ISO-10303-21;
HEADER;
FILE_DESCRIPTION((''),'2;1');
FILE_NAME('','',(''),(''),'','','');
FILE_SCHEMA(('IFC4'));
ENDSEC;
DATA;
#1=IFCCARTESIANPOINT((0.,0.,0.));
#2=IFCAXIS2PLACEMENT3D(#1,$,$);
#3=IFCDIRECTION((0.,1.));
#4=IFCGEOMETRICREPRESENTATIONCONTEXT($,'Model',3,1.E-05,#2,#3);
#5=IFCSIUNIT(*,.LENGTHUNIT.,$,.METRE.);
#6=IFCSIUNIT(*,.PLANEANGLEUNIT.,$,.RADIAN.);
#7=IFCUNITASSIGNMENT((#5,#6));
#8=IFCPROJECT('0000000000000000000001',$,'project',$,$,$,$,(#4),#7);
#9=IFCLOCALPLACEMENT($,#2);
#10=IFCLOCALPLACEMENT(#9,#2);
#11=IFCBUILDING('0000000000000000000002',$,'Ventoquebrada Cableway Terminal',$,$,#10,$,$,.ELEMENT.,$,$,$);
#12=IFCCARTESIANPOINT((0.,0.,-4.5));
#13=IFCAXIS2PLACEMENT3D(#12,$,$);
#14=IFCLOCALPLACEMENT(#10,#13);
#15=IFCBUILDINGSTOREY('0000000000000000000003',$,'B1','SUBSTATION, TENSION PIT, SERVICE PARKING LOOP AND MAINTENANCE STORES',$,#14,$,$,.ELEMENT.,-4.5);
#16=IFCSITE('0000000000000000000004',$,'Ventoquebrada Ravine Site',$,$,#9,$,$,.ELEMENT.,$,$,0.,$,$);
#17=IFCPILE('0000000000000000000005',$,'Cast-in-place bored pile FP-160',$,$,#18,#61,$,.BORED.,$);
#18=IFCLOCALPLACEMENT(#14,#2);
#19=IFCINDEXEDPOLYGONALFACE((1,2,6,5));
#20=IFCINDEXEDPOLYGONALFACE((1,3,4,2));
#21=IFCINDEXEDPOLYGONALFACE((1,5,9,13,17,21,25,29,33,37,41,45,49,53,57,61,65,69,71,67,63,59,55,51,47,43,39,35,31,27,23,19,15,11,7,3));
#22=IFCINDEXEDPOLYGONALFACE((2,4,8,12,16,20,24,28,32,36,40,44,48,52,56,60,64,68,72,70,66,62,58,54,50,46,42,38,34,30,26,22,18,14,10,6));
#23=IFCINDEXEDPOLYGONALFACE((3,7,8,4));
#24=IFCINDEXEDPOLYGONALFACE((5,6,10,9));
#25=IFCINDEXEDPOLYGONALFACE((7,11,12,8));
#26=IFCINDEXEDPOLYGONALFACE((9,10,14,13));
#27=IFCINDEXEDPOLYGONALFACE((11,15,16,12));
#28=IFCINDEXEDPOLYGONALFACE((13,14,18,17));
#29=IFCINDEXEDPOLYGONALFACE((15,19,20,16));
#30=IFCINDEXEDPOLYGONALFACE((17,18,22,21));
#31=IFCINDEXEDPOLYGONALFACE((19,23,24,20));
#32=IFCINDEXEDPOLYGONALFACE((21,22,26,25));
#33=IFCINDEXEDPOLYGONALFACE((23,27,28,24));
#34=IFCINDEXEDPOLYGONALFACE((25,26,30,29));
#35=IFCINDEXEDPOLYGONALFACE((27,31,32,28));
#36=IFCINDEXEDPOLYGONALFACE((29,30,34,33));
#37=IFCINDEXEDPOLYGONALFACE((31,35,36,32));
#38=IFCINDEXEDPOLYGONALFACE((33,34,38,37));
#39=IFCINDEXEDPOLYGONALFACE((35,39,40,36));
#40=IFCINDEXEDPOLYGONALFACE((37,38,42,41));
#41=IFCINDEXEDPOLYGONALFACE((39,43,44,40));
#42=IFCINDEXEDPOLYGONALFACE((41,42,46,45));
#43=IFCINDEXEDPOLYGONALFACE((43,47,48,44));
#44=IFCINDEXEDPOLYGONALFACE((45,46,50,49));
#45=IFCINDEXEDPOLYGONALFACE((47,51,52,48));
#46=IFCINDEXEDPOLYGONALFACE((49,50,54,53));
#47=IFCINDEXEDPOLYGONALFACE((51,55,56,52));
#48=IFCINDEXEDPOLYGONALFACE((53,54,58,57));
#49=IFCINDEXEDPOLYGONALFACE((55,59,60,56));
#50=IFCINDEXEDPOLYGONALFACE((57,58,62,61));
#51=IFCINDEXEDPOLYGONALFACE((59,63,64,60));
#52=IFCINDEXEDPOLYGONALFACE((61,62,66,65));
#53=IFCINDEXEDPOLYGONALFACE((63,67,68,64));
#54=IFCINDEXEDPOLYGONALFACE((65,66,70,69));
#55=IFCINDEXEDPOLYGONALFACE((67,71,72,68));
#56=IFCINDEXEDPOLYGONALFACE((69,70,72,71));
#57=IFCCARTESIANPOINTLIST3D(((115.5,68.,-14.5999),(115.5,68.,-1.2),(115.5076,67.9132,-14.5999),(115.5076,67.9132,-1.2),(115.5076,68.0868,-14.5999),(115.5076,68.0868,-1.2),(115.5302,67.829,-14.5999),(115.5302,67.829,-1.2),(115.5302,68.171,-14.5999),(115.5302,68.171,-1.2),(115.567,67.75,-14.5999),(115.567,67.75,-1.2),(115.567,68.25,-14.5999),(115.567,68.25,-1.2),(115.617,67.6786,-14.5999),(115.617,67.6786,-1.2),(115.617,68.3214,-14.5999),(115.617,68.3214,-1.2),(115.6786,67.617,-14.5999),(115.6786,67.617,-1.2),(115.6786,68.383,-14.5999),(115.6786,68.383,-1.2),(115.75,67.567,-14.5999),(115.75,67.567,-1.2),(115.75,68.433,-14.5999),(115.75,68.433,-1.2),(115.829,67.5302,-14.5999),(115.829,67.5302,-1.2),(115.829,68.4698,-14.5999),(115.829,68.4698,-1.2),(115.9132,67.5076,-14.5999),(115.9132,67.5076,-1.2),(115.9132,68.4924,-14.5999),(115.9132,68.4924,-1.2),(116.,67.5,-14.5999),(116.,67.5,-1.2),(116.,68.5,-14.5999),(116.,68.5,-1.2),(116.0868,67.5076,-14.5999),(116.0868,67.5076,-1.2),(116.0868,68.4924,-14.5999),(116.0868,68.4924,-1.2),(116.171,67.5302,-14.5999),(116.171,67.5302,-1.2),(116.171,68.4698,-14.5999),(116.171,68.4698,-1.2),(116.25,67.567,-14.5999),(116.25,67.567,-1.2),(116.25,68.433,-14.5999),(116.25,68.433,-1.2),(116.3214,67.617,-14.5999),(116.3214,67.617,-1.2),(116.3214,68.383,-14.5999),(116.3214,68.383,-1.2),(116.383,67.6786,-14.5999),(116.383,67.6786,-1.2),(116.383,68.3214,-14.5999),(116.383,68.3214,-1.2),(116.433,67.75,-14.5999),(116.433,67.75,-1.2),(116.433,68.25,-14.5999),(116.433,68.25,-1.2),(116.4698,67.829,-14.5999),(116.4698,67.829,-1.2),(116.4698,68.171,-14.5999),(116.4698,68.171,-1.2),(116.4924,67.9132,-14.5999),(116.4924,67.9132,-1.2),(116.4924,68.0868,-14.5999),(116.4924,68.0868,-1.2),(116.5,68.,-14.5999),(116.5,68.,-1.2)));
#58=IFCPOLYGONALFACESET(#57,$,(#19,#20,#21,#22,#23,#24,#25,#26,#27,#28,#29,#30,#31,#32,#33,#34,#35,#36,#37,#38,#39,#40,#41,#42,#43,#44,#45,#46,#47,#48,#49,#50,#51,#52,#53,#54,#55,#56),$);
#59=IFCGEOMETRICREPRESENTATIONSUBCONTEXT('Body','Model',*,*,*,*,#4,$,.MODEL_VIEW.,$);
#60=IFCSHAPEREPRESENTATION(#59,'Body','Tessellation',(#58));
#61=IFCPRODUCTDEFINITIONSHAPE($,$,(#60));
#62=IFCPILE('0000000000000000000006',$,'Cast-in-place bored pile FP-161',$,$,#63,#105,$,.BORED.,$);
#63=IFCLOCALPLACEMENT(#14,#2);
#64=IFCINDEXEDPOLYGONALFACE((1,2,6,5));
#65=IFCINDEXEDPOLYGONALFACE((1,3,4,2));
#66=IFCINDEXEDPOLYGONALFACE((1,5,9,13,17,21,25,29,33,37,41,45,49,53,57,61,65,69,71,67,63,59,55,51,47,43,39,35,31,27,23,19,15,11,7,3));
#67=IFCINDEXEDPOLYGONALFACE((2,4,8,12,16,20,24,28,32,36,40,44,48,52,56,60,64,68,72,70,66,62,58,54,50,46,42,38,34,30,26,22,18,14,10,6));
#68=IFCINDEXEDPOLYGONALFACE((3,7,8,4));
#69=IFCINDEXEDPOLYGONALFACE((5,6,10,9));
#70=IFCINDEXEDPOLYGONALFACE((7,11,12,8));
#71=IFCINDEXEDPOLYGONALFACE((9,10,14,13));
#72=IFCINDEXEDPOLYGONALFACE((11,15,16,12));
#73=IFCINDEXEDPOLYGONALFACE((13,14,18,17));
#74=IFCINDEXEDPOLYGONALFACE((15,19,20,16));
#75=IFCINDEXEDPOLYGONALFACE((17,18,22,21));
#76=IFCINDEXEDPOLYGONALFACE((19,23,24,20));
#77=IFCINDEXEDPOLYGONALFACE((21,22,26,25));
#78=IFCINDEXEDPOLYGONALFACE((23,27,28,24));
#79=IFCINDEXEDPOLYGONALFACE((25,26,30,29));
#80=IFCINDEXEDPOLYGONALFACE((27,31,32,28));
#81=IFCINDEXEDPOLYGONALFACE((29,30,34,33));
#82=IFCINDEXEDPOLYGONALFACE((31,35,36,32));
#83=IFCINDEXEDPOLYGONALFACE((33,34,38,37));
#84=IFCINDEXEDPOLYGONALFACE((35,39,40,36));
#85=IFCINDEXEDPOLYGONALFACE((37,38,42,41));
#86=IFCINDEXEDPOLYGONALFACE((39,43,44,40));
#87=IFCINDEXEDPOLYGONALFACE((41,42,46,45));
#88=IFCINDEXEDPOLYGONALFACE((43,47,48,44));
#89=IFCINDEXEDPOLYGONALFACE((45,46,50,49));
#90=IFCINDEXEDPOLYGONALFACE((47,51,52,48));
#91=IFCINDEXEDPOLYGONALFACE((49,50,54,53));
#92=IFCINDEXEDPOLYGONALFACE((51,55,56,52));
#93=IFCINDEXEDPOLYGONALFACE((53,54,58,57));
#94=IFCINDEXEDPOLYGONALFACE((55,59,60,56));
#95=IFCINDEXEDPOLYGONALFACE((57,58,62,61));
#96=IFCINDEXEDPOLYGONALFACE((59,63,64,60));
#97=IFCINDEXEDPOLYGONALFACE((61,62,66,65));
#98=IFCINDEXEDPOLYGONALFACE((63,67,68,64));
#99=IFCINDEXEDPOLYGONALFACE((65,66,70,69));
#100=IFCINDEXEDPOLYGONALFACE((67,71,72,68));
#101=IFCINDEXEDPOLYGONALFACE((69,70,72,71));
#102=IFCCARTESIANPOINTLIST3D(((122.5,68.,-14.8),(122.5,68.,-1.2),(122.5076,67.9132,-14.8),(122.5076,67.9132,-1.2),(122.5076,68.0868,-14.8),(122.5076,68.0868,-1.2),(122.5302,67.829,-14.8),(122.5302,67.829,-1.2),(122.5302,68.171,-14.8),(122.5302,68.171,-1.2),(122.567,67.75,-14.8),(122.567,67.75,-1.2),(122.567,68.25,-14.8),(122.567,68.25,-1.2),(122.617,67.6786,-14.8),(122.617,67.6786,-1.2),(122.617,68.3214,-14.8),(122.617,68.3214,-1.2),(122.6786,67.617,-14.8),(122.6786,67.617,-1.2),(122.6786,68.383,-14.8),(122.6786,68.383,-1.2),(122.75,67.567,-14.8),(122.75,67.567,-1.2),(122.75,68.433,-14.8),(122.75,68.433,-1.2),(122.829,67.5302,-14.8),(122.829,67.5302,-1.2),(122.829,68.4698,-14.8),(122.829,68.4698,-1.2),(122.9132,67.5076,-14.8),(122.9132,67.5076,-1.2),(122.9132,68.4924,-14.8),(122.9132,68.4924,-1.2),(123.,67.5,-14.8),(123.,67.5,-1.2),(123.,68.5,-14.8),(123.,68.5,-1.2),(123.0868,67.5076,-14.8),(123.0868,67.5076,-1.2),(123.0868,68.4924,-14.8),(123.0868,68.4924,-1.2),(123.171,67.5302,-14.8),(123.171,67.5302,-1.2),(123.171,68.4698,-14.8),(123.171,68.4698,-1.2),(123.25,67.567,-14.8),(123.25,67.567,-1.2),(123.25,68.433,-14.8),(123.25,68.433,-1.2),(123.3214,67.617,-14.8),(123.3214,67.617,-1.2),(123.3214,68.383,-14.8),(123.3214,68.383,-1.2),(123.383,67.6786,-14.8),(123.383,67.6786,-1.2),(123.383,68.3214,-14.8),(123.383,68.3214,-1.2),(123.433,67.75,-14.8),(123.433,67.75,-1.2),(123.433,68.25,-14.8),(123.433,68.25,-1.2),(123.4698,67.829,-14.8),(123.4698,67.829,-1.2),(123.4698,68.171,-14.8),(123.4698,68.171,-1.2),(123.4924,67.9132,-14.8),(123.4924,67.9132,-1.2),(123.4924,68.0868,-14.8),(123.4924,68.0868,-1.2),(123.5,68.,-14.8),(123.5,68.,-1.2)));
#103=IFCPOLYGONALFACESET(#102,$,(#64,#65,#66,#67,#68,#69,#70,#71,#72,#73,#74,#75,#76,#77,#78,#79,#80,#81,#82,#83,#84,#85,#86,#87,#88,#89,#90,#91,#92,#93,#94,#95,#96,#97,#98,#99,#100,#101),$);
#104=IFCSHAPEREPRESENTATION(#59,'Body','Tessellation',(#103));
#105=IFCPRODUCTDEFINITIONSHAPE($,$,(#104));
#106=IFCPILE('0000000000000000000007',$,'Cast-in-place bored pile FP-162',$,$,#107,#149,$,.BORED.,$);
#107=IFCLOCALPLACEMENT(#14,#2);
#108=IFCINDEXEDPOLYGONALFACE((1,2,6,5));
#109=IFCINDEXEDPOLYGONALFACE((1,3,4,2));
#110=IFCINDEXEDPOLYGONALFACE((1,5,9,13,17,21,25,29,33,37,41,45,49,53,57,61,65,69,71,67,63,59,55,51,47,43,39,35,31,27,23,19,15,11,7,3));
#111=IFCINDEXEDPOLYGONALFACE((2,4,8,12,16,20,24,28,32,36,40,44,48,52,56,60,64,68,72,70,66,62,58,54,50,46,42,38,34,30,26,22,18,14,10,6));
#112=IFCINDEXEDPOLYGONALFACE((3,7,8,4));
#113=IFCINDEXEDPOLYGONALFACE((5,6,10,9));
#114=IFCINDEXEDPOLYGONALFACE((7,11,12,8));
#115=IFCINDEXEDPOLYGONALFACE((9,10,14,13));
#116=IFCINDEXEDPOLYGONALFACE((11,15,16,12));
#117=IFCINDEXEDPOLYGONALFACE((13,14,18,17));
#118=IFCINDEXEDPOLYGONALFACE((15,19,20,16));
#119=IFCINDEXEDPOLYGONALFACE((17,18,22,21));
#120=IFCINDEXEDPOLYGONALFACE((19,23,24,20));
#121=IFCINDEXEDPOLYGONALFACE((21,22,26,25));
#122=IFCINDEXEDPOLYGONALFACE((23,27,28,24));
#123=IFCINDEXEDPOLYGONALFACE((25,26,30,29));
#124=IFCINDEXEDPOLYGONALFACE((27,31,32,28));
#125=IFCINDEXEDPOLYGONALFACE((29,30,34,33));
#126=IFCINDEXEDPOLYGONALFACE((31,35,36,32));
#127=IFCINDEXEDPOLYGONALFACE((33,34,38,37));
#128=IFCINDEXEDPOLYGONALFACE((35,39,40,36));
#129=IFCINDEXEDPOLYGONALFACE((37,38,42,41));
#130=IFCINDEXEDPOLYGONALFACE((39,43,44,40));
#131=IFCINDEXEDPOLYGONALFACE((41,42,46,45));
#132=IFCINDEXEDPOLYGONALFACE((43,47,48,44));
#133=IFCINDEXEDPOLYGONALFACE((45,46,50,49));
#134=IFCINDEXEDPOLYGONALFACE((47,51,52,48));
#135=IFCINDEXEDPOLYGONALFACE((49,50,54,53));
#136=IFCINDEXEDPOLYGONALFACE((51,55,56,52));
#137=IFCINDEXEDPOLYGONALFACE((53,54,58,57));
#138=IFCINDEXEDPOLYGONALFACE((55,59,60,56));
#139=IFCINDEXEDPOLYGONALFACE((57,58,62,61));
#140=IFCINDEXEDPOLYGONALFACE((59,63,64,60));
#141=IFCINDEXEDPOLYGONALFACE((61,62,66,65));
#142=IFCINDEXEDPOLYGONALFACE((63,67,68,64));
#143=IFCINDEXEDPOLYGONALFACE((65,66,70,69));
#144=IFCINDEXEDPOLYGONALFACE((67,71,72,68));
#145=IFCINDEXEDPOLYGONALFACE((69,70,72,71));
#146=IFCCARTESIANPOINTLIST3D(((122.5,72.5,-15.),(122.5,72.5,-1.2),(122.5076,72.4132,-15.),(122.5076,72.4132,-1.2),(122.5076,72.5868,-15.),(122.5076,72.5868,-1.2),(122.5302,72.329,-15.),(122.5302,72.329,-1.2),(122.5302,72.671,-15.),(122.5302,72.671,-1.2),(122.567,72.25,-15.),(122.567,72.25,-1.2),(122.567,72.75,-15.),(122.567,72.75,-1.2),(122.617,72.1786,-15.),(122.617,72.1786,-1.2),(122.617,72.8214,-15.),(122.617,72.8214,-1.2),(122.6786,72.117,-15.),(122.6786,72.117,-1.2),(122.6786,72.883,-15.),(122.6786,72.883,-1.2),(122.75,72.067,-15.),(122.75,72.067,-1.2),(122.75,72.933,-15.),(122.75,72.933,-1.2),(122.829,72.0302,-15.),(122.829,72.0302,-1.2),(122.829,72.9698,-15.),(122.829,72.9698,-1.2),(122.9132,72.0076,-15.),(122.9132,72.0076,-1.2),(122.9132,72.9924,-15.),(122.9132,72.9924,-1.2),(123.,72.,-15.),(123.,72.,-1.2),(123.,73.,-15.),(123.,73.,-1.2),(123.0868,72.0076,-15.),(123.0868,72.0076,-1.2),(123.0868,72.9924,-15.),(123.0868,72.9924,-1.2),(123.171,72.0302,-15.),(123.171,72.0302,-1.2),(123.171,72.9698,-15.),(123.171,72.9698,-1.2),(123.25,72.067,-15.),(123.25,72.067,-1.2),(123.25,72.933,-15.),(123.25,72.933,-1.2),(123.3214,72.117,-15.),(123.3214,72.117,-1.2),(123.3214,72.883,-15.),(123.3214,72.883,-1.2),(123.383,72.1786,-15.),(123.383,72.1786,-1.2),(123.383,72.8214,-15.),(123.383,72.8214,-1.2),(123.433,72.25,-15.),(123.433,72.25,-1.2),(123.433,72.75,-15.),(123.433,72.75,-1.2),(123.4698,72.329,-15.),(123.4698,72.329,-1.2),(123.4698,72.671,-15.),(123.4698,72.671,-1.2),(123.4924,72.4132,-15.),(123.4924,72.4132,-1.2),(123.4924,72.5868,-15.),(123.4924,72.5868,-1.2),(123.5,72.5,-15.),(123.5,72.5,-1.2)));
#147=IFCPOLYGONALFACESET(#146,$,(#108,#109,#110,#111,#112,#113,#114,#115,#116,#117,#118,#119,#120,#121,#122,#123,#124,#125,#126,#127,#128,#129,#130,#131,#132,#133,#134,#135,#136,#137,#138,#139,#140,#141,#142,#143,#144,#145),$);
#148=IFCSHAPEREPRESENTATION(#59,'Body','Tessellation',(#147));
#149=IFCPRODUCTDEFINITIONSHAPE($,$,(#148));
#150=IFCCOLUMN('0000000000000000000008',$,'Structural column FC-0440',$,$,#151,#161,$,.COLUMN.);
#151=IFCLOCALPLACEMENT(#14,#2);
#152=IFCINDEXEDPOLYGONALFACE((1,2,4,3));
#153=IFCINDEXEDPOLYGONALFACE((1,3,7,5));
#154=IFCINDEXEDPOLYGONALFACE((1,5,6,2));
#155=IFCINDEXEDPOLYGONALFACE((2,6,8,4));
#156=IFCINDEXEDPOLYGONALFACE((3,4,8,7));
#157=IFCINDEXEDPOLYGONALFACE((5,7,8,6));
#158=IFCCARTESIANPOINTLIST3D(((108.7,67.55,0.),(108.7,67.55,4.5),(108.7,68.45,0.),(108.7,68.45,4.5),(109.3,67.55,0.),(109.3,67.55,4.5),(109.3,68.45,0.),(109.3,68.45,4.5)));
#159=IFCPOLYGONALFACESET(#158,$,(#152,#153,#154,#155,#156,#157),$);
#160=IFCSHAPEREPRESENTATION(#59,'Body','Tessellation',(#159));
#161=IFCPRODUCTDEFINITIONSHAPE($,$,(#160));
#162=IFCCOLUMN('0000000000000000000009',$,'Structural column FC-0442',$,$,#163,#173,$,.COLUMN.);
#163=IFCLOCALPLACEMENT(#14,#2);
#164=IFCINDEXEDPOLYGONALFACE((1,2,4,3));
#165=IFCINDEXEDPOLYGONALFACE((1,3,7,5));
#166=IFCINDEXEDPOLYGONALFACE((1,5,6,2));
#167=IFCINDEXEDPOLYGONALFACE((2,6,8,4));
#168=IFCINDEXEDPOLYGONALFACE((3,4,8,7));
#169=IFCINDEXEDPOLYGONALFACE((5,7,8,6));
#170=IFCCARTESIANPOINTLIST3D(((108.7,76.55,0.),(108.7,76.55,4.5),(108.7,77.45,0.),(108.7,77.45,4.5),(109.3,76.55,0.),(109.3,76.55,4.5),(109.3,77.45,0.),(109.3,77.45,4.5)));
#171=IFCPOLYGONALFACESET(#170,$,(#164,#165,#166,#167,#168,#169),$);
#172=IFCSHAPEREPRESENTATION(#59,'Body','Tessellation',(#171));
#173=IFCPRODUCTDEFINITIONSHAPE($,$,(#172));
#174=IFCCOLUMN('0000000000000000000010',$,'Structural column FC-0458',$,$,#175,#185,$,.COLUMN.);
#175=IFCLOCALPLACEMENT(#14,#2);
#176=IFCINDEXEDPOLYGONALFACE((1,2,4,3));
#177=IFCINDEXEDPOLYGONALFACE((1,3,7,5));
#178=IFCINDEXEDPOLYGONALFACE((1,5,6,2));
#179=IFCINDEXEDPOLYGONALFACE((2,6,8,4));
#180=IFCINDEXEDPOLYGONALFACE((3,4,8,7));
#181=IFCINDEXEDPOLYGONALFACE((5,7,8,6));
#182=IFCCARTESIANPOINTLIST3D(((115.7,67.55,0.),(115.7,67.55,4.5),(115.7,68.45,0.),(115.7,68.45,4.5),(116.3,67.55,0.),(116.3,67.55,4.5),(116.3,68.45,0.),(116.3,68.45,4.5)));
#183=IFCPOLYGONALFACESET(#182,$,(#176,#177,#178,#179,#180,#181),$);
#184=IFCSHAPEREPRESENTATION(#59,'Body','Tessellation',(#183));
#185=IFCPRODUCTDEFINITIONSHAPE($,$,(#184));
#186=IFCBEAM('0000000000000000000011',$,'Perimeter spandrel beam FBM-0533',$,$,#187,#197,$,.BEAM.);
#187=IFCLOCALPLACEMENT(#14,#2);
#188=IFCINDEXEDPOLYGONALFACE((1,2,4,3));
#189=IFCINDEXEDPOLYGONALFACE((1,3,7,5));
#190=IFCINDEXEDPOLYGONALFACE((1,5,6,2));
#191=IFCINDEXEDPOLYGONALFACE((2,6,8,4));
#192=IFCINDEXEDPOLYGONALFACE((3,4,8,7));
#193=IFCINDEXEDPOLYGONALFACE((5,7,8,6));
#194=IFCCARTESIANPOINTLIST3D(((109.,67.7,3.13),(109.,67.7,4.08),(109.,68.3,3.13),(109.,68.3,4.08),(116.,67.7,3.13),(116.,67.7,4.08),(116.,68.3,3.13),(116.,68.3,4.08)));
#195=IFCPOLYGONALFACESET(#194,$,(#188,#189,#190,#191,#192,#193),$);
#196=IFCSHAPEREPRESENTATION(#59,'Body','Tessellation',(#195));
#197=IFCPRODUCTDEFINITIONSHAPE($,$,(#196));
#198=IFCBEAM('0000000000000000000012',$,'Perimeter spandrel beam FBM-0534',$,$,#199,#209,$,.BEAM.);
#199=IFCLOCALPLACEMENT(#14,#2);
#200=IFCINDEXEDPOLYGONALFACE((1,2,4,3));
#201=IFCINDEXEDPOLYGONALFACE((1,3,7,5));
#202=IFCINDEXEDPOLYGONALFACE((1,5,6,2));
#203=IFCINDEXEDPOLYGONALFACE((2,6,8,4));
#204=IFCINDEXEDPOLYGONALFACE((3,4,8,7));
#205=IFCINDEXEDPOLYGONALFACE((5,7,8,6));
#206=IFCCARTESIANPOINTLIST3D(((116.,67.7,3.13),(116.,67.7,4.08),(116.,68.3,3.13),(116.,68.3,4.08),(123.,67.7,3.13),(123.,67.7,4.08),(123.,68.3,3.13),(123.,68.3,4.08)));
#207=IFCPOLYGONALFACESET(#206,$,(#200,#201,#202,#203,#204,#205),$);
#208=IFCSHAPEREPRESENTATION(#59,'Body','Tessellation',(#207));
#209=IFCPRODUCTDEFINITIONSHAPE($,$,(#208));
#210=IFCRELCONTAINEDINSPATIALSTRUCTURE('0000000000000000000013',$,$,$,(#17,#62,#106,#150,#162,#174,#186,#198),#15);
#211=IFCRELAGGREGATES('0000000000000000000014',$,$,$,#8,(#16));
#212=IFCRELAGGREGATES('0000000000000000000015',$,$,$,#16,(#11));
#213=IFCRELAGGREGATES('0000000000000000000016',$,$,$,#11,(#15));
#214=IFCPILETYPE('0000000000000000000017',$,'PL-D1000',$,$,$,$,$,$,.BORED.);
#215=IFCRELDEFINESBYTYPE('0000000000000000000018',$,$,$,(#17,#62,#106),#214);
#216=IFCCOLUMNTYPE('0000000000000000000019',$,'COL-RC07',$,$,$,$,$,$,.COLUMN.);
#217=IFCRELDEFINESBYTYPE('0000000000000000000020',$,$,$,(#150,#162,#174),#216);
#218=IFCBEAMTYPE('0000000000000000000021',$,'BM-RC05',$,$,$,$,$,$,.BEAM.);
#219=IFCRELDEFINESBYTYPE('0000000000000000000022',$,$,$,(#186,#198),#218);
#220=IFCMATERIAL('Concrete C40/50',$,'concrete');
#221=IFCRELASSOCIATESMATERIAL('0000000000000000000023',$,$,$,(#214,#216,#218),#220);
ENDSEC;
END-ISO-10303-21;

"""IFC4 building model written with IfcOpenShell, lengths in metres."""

from ifc_helpers import new_model, si_unit, direction, frame, origin, origin_2d, place, context, subcontext, project, spatial, rectangle, circle, extrude, material, material_profile, profile_set, type_object, element, save


model = new_model("IFC4")

# Units and contexts
model_context = context("Model", 3, precision=1e-05, world=origin(), true_north=direction((0.0, 1.0)))
body_context = subcontext(model_context, "Body", "Model", "MODEL_VIEW")
ifc_project = project(units=[si_unit("LENGTHUNIT", "METRE"), si_unit("PLANEANGLEUNIT", "RADIAN")], contexts=[model_context])

# Site, building, storey
site_placement = place(None, origin())
site = spatial("IfcSite", under=ifc_project, at=site_placement, Name="Ventoquebrada Ravine Site", CompositionType="ELEMENT", RefElevation=0.0)
building_placement = place(site_placement, origin())
building = spatial("IfcBuilding", under=site, at=building_placement, Name="Ventoquebrada Cableway Terminal", CompositionType="ELEMENT")
storey_placement = place(building_placement, frame((0.0, 0.0, -4.5)))
storey = spatial("IfcBuildingStorey", under=building, at=storey_placement, Name="B1", Description="SUBSTATION, TENSION PIT, SERVICE PARKING LOOP AND MAINTENANCE STORES", CompositionType="ELEMENT", Elevation=-4.5)

# Shared definitions
ifc_material = material(Name="Concrete C40/50", Category="concrete")

# Piles
ifc_material_profile_1 = material_profile(ifc_material, circle(Radius=0.5, at=origin_2d()), Name="PILE-D1000")
ifc_profile_set_1 = profile_set([ifc_material_profile_1], Name="Concrete C40/50")
pile_type = type_object("IfcPileType", Name="PL-D1000", PredefinedType="BORED", material=ifc_profile_set_1)
pile_1_placement = place(storey_placement, frame((116.0, 68.0, -1.2), z_axis=(0.0, 0.0, -1.0), x_axis=(1.0, 0.0, 0.0)))
element("IfcPile", 1, at=pile_1_placement, inside=storey, type_object=pile_type, Name="Cast-in-place bored pile FP-160", PredefinedType="BORED", context=body_context, shape_type="SweptSolid", body=[
    extrude(circle(Radius=0.5, at=origin_2d()), origin(), (0.0, 0.0, 1.0), 13.3999),
])
pile_2_placement = place(storey_placement, frame((123.0, 68.0, -1.2), z_axis=(0.0, 0.0, -1.0), x_axis=(1.0, 0.0, 0.0)))
element("IfcPile", 2, at=pile_2_placement, inside=storey, type_object=pile_type, Name="Cast-in-place bored pile FP-161", PredefinedType="BORED", context=body_context, shape_type="SweptSolid", body=[
    extrude(circle(Radius=0.5, at=origin_2d()), origin(), (0.0, 0.0, 1.0), 13.6001),
])
pile_3_placement = place(storey_placement, frame((123.0, 72.5, -1.2), z_axis=(0.0, 0.0, -1.0), x_axis=(1.0, 0.0, 0.0)))
element("IfcPile", 3, at=pile_3_placement, inside=storey, type_object=pile_type, Name="Cast-in-place bored pile FP-162", PredefinedType="BORED", context=body_context, shape_type="SweptSolid", body=[
    extrude(circle(Radius=0.5, at=origin_2d()), origin(), (0.0, 0.0, 1.0), 13.8),
])

# Columns
ifc_material_profile_2 = material_profile(ifc_material, rectangle(XDim=0.6001, YDim=0.8999, at=origin_2d()), Name="RC-COL-900X600")
ifc_profile_set_2 = profile_set([ifc_material_profile_2], Name="Concrete C40/50")
column_type = type_object("IfcColumnType", Name="COL-RC07", PredefinedType="COLUMN", material=ifc_profile_set_2)
for number, where, z_axis, x_axis, name in (
    (4, (109.0, 68.0, 0.0), (0.0, 0.0, 1.0), (1.0, 0.0, 0.0), "Structural column FC-0440"),
    (5, (109.0, 77.0, 0.0), (0.0, 0.0, 1.0), (1.0, 0.0, 0.0), "Structural column FC-0442"),
    (6, (116.0, 68.0, 0.0), (0.0, 0.0, 1.0), (1.0, 0.0, 0.0), "Structural column FC-0458"),
):
    element("IfcColumn", number, at=place(storey_placement, frame(where, z_axis=z_axis, x_axis=x_axis)), inside=storey, type_object=column_type, Name=name, PredefinedType="COLUMN", context=body_context, shape_type="SweptSolid", body=[
        extrude(rectangle(XDim=0.6001, YDim=0.8999, at=origin_2d()), origin(), (0.0, 0.0, 1.0), 4.5),
    ])

# Beams
ifc_material_profile_3 = material_profile(ifc_material, rectangle(XDim=0.6001, YDim=0.95, at=origin_2d()), Name="RC-BM-600X950")
ifc_profile_set_3 = profile_set([ifc_material_profile_3], Name="Concrete C40/50")
beam_type_1 = type_object("IfcBeamType", Name="BM-RC05", PredefinedType="BEAM", material=ifc_profile_set_3)
for number, where, z_axis, x_axis, name in (
    (7, (109.0, 68.0, 3.605), (1.0, 0.0, 0.0), (0.0, 1.0, 0.0), "Perimeter spandrel beam FBM-0533"),
    (8, (116.0, 68.0, 3.605), (1.0, 0.0, 0.0), (0.0, 1.0, 0.0), "Perimeter spandrel beam FBM-0534"),
):
    element("IfcBeam", number, at=place(storey_placement, frame(where, z_axis=z_axis, x_axis=x_axis)), inside=storey, type_object=beam_type_1, Name=name, PredefinedType="BEAM", context=body_context, shape_type="SweptSolid", body=[
        extrude(rectangle(XDim=0.6001, YDim=0.95, at=origin_2d()), origin(), (0.0, 0.0, 1.0), 7.0),
    ])

save(model, "model.ifc")
